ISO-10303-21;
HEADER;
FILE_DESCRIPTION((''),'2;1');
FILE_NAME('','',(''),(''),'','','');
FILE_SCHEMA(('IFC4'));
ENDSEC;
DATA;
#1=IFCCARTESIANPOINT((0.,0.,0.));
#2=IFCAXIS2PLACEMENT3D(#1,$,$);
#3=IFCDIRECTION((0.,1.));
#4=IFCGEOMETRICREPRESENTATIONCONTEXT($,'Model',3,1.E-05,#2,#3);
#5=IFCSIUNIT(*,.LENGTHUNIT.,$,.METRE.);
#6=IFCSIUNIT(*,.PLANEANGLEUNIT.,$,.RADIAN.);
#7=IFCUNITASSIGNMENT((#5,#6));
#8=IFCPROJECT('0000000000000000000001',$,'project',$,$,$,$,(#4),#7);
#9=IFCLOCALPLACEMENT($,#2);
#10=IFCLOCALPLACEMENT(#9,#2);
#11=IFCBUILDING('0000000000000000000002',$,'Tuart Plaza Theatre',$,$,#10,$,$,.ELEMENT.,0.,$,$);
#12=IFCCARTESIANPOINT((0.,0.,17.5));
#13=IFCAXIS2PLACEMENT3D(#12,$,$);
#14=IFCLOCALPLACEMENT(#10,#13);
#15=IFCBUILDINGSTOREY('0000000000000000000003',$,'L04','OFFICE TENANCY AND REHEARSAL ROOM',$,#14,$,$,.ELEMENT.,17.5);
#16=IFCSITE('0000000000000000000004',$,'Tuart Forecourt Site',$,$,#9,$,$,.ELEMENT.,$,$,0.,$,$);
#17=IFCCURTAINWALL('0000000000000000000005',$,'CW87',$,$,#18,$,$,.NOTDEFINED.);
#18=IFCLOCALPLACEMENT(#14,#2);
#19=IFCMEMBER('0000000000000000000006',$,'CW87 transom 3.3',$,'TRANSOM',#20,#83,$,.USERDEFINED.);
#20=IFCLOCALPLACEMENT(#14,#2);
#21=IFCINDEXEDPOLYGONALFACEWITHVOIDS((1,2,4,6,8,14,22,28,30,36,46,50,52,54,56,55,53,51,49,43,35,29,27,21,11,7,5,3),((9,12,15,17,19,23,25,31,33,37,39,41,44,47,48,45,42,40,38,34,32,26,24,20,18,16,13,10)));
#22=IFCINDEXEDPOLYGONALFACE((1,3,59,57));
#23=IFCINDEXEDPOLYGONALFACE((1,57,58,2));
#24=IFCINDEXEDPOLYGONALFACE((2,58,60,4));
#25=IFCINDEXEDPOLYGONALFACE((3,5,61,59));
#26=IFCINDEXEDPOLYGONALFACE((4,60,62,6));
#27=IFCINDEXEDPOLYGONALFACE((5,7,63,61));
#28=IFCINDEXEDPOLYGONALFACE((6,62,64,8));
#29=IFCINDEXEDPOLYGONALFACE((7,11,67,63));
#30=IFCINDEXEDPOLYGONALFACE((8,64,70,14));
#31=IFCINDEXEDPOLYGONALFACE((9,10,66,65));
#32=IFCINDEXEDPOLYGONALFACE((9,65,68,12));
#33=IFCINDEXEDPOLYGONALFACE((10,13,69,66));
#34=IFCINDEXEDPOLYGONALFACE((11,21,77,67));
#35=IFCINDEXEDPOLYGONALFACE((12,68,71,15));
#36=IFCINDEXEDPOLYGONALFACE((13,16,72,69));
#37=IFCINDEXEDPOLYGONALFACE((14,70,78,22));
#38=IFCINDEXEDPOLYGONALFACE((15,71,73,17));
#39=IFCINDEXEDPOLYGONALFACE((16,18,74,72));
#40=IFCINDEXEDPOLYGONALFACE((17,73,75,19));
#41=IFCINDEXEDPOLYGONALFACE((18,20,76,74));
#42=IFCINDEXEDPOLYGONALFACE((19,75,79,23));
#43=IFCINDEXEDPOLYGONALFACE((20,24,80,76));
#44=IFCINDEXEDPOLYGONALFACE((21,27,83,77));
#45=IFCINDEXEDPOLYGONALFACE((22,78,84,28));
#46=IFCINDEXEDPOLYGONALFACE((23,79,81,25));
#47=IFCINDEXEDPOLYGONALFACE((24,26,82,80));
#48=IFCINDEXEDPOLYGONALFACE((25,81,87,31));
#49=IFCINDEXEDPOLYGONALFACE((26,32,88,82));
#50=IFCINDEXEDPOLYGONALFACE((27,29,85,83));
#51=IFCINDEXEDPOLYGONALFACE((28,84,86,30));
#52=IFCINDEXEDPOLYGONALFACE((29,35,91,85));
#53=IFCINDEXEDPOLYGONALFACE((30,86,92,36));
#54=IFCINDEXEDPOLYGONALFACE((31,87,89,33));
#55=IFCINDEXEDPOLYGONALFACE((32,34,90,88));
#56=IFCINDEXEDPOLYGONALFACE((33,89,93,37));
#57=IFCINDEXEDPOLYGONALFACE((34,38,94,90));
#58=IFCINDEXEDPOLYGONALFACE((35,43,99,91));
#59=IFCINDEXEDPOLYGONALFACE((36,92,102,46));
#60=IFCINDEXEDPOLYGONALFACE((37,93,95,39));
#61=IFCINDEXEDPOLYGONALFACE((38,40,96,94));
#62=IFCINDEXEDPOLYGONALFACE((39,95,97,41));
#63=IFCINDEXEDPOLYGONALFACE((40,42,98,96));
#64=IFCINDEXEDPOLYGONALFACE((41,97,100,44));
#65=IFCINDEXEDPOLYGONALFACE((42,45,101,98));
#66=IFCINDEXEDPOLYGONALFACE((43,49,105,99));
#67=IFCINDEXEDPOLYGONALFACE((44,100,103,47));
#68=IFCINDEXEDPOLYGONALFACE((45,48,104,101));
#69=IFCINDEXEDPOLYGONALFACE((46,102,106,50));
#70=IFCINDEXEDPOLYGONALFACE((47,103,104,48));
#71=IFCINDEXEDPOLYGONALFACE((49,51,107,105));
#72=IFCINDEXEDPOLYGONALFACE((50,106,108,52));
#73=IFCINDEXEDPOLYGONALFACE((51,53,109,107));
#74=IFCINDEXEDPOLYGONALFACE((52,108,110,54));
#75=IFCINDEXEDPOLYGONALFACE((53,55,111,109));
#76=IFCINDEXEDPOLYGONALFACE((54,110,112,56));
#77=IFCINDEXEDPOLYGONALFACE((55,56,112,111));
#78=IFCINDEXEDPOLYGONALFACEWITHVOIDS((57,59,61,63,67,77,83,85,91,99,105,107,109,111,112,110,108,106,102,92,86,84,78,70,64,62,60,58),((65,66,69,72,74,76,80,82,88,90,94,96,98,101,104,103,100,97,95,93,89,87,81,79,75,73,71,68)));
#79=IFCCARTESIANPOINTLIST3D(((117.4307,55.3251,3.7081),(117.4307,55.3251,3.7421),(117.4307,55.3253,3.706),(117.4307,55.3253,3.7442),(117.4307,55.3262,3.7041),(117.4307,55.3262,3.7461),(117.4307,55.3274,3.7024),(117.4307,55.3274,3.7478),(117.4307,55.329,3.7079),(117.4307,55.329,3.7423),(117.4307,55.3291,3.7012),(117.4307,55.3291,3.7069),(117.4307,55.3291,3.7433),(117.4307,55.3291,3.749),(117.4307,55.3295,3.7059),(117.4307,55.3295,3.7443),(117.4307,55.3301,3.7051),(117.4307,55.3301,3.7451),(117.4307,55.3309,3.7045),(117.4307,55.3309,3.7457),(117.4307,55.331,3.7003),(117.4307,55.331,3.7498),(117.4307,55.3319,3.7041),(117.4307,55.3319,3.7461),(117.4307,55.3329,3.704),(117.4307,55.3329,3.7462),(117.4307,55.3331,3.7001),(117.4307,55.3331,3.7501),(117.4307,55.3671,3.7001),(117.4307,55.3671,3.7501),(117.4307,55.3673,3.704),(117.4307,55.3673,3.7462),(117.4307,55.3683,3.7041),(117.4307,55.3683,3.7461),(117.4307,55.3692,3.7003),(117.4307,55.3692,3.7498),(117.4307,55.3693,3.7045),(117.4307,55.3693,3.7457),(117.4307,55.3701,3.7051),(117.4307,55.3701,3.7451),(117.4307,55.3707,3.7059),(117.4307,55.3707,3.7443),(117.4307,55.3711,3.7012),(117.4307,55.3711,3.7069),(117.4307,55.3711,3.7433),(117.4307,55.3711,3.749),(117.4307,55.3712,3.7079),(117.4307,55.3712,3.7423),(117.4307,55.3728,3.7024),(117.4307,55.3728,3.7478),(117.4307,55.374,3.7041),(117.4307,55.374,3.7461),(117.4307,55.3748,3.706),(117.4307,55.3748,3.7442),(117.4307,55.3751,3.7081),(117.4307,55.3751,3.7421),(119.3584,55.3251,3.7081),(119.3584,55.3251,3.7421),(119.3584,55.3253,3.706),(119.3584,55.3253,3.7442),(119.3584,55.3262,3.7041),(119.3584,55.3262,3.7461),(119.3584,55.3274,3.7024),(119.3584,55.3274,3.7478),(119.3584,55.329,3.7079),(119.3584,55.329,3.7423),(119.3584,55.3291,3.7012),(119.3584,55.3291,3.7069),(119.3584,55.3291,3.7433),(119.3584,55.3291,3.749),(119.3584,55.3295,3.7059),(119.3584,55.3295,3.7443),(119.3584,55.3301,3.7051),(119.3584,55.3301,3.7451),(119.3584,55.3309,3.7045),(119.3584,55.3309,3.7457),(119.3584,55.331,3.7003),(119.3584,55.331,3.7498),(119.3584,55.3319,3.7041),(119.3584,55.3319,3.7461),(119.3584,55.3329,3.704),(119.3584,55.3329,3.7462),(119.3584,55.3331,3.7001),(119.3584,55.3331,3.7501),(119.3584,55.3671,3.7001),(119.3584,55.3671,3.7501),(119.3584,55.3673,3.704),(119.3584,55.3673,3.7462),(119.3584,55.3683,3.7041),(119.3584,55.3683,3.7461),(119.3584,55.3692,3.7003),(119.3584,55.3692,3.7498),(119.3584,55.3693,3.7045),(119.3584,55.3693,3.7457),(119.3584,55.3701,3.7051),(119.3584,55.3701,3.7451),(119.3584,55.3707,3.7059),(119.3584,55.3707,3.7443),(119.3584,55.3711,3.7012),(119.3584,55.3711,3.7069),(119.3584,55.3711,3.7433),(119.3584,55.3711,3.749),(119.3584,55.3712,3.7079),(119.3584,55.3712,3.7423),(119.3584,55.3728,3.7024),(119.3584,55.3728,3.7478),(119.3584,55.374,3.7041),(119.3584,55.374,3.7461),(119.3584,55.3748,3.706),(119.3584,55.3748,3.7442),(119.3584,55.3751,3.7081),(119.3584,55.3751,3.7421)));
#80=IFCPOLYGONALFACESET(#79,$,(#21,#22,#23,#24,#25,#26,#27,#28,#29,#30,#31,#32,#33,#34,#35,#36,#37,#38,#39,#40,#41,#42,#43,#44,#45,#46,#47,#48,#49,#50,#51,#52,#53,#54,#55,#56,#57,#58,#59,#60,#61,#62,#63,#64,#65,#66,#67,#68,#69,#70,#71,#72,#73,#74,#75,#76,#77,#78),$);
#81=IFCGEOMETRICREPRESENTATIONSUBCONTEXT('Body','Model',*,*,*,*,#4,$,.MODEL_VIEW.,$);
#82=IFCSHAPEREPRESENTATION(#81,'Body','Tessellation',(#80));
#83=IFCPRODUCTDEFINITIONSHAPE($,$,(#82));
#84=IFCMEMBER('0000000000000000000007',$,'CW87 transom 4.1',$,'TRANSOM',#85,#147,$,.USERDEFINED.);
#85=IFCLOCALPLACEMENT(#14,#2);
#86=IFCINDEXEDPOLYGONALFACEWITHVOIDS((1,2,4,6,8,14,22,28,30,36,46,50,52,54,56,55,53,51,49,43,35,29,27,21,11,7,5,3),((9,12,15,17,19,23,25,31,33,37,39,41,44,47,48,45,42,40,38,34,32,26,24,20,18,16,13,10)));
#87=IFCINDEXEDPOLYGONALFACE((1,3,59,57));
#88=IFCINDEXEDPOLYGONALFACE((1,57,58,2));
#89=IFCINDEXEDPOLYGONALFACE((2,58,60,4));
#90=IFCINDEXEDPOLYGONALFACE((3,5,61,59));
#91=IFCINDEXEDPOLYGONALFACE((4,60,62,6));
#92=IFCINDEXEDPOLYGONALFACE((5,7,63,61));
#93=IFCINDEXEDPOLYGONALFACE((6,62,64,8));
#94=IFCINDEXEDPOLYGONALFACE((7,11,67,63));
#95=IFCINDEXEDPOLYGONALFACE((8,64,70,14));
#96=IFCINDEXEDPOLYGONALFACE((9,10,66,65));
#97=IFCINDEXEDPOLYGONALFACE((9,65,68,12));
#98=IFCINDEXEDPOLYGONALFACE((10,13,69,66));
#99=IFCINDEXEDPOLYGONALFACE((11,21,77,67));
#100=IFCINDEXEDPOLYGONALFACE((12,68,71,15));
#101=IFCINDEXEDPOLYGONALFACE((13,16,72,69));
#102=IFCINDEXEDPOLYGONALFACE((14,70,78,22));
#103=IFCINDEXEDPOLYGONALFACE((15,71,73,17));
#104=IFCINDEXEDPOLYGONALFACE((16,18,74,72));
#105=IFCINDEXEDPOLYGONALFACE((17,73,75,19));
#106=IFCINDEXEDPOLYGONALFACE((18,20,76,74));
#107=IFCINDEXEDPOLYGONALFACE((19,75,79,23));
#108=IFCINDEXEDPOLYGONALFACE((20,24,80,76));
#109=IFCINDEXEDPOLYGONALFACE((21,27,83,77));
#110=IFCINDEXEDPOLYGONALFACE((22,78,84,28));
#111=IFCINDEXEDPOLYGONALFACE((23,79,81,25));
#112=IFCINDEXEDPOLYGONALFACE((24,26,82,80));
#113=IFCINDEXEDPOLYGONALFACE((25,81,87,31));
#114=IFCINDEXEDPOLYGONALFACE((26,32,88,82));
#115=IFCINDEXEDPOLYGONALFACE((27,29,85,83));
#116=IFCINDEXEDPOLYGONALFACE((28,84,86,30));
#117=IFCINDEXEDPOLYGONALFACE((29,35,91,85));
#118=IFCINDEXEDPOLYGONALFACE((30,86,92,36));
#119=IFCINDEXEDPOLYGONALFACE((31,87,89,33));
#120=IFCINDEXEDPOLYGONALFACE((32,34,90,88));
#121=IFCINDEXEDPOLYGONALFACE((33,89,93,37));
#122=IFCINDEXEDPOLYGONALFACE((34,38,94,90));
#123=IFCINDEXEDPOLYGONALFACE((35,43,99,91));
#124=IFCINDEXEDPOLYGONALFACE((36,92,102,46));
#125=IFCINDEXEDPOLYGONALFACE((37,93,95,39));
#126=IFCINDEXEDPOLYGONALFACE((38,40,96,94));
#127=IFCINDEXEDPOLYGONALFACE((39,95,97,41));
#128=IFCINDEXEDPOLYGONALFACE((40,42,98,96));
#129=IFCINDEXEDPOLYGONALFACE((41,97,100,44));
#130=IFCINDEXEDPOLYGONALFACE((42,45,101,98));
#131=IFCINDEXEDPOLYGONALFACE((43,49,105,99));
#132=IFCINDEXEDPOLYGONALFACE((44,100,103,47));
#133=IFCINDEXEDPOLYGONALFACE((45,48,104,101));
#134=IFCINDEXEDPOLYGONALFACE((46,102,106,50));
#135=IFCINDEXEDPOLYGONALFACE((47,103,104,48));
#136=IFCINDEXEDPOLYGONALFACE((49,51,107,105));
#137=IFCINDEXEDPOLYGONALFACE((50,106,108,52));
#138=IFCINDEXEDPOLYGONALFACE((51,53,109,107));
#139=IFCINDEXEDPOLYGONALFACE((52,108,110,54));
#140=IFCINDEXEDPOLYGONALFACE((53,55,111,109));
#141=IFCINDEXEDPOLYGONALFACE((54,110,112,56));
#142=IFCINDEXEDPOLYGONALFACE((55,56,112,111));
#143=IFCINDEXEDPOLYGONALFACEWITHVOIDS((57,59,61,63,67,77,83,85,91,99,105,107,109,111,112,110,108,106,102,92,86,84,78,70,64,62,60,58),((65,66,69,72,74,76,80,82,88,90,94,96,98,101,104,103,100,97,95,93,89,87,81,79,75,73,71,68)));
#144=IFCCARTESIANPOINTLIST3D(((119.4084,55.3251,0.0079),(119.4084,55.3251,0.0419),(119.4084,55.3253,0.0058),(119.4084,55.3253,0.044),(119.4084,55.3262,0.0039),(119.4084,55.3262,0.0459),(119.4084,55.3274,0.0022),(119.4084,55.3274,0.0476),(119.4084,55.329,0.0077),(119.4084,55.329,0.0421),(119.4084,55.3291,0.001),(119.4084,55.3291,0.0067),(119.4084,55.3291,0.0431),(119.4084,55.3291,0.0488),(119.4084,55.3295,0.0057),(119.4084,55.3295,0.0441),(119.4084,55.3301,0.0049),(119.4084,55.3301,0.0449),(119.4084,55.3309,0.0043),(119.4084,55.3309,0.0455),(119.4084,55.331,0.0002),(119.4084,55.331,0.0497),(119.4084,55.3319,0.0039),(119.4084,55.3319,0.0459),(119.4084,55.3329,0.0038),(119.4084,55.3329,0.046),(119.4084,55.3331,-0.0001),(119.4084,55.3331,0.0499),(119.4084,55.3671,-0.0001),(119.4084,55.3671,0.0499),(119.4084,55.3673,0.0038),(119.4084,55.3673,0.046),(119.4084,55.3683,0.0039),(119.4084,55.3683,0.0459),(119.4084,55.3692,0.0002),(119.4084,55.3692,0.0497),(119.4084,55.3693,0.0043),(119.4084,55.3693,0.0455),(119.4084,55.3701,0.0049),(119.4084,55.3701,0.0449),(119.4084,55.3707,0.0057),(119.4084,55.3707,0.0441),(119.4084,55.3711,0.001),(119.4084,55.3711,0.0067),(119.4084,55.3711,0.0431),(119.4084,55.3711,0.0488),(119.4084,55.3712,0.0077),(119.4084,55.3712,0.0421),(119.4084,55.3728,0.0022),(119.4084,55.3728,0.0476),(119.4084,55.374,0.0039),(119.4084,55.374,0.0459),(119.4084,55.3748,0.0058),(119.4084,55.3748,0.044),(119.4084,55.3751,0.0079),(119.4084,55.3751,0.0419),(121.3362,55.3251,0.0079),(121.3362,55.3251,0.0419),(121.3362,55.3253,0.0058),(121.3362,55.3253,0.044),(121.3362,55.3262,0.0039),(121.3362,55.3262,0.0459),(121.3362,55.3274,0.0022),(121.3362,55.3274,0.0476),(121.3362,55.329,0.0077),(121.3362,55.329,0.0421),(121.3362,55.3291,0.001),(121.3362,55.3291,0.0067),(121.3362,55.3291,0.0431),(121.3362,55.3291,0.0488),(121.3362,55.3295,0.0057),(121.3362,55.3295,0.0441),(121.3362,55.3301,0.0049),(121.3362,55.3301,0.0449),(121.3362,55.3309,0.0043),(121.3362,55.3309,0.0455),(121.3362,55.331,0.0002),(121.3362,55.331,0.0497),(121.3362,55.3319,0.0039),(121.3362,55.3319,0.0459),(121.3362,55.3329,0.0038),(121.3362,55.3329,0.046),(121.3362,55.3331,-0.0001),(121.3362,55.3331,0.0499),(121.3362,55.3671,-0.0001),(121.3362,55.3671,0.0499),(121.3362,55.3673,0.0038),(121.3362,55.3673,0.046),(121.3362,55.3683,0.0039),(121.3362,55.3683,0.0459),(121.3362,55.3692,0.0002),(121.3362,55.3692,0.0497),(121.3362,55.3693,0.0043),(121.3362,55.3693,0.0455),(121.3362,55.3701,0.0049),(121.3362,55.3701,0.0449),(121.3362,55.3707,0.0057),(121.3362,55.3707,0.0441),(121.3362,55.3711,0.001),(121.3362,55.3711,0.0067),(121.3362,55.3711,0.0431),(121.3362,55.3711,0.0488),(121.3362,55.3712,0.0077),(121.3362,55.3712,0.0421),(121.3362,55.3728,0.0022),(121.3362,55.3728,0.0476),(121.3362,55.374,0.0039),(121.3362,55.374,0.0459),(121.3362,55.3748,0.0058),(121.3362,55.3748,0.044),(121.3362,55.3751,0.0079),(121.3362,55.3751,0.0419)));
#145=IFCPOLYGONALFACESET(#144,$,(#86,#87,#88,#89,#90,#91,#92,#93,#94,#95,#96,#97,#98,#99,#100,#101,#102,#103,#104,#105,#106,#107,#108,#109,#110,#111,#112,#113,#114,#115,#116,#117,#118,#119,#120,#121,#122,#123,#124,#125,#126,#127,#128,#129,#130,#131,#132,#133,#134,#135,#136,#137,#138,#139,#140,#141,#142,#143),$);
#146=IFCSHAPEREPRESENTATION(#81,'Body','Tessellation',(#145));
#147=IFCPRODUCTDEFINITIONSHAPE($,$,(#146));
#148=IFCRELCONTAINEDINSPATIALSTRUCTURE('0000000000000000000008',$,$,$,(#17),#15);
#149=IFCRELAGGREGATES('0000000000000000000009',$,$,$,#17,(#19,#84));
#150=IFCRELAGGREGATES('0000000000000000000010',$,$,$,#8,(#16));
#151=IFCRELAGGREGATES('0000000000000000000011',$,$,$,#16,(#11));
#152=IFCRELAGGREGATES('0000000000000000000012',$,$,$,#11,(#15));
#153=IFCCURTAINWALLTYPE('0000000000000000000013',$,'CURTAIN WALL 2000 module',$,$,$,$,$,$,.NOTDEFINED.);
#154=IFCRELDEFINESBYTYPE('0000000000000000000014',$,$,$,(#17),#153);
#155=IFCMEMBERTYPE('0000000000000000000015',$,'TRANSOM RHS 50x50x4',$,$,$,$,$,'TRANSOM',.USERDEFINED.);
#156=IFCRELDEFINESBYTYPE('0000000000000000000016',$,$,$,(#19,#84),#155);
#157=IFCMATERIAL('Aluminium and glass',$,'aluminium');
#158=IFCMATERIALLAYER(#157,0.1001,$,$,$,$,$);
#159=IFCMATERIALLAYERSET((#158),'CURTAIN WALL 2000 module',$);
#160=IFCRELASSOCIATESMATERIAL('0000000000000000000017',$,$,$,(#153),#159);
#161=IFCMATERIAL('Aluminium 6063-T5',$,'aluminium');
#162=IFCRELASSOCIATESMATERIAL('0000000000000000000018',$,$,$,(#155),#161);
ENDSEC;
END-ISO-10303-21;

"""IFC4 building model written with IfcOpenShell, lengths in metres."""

from ifc_helpers import new_model, si_unit, direction, frame, origin, origin_2d, place, context, subcontext, project, spatial, hollow_rectangle, extrude, material, layer, layer_set, material_profile, profile_set, type_object, element, aggregate, save


model = new_model("IFC4")

# Units and contexts
model_context = context("Model", 3, precision=1e-05, world=origin(), true_north=direction((0.0, 1.0)))
body_context = subcontext(model_context, "Body", "Model", "MODEL_VIEW")
ifc_project = project(units=[si_unit("LENGTHUNIT", "METRE"), si_unit("PLANEANGLEUNIT", "RADIAN")], contexts=[model_context])

# Site, building, storey
site_placement = place(None, origin())
site = spatial("IfcSite", under=ifc_project, at=site_placement, Name="Tuart Forecourt Site", CompositionType="ELEMENT", RefElevation=0.0)
building_placement = place(site_placement, origin())
building = spatial("IfcBuilding", under=site, at=building_placement, Name="Tuart Plaza Theatre", CompositionType="ELEMENT", ElevationOfRefHeight=0.0)
storey_placement = place(building_placement, frame((0.0, 0.0, 17.5)))
storey = spatial("IfcBuildingStorey", under=building, at=storey_placement, Name="L04", Description="OFFICE TENANCY AND REHEARSAL ROOM", CompositionType="ELEMENT", Elevation=17.5)

# Curtain wall, members
ifc_material_1 = material(Name="Aluminium and glass", Category="aluminium")
ifc_layer_1 = layer(ifc_material_1, 0.1001)
ifc_layer_set_1 = layer_set([ifc_layer_1], Name="CURTAIN WALL 2000 module")
curtain_wall_type = type_object("IfcCurtainWallType", Name="CURTAIN WALL 2000 module", PredefinedType="NOTDEFINED", material=ifc_layer_set_1)
curtain_wall_placement = place(storey_placement, origin())
curtain_wall = element("IfcCurtainWall", 1, at=curtain_wall_placement, inside=storey, type_object=curtain_wall_type, Name="CW87", PredefinedType="NOTDEFINED")
ifc_material_2 = material(Name="Aluminium 6063-T5", Category="aluminium")
ifc_material_profile_1 = material_profile(ifc_material_2, hollow_rectangle(XDim=0.05, YDim=0.05, WallThickness=0.0039, InnerFilletRadius=0.0039, OuterFilletRadius=0.0081, at=origin_2d()), Name="RHS 50x50x4")
ifc_profile_set_1 = profile_set([ifc_material_profile_1], Name="Aluminium 6063-T5")
member_type_1 = type_object("IfcMemberType", Name="TRANSOM RHS 50x50x4", ElementType="TRANSOM", PredefinedType="USERDEFINED", material=ifc_profile_set_1)
member_1_placement = place(storey_placement, frame((117.4307, 55.3501, 3.7251), z_axis=(1.0, 0.0, 0.0), x_axis=(0.0, 1.0, 0.0)))
member_1 = element("IfcMember", 2, at=member_1_placement, type_object=member_type_1, Name="CW87 transom 3.3", ObjectType="TRANSOM", PredefinedType="USERDEFINED", context=body_context, shape_type="SweptSolid", body=[
    extrude(hollow_rectangle(XDim=0.05, YDim=0.05, WallThickness=0.0039, InnerFilletRadius=0.0039, OuterFilletRadius=0.0081, at=origin_2d()), origin(), (0.0, 0.0, 1.0), 1.9277),
])
member_2_placement = place(storey_placement, frame((119.4084, 55.3501, 0.0249), z_axis=(1.0, 0.0, 0.0), x_axis=(0.0, 1.0, 0.0)))
member_2 = element("IfcMember", 3, at=member_2_placement, type_object=member_type_1, Name="CW87 transom 4.1", ObjectType="TRANSOM", PredefinedType="USERDEFINED", context=body_context, shape_type="SweptSolid", body=[
    extrude(hollow_rectangle(XDim=0.05, YDim=0.05, WallThickness=0.0039, InnerFilletRadius=0.0039, OuterFilletRadius=0.0081, at=origin_2d()), origin(), (0.0, 0.0, 1.0), 1.9277),
])
aggregate(curtain_wall, [member_1, member_2])

save(model, "model.ifc")
